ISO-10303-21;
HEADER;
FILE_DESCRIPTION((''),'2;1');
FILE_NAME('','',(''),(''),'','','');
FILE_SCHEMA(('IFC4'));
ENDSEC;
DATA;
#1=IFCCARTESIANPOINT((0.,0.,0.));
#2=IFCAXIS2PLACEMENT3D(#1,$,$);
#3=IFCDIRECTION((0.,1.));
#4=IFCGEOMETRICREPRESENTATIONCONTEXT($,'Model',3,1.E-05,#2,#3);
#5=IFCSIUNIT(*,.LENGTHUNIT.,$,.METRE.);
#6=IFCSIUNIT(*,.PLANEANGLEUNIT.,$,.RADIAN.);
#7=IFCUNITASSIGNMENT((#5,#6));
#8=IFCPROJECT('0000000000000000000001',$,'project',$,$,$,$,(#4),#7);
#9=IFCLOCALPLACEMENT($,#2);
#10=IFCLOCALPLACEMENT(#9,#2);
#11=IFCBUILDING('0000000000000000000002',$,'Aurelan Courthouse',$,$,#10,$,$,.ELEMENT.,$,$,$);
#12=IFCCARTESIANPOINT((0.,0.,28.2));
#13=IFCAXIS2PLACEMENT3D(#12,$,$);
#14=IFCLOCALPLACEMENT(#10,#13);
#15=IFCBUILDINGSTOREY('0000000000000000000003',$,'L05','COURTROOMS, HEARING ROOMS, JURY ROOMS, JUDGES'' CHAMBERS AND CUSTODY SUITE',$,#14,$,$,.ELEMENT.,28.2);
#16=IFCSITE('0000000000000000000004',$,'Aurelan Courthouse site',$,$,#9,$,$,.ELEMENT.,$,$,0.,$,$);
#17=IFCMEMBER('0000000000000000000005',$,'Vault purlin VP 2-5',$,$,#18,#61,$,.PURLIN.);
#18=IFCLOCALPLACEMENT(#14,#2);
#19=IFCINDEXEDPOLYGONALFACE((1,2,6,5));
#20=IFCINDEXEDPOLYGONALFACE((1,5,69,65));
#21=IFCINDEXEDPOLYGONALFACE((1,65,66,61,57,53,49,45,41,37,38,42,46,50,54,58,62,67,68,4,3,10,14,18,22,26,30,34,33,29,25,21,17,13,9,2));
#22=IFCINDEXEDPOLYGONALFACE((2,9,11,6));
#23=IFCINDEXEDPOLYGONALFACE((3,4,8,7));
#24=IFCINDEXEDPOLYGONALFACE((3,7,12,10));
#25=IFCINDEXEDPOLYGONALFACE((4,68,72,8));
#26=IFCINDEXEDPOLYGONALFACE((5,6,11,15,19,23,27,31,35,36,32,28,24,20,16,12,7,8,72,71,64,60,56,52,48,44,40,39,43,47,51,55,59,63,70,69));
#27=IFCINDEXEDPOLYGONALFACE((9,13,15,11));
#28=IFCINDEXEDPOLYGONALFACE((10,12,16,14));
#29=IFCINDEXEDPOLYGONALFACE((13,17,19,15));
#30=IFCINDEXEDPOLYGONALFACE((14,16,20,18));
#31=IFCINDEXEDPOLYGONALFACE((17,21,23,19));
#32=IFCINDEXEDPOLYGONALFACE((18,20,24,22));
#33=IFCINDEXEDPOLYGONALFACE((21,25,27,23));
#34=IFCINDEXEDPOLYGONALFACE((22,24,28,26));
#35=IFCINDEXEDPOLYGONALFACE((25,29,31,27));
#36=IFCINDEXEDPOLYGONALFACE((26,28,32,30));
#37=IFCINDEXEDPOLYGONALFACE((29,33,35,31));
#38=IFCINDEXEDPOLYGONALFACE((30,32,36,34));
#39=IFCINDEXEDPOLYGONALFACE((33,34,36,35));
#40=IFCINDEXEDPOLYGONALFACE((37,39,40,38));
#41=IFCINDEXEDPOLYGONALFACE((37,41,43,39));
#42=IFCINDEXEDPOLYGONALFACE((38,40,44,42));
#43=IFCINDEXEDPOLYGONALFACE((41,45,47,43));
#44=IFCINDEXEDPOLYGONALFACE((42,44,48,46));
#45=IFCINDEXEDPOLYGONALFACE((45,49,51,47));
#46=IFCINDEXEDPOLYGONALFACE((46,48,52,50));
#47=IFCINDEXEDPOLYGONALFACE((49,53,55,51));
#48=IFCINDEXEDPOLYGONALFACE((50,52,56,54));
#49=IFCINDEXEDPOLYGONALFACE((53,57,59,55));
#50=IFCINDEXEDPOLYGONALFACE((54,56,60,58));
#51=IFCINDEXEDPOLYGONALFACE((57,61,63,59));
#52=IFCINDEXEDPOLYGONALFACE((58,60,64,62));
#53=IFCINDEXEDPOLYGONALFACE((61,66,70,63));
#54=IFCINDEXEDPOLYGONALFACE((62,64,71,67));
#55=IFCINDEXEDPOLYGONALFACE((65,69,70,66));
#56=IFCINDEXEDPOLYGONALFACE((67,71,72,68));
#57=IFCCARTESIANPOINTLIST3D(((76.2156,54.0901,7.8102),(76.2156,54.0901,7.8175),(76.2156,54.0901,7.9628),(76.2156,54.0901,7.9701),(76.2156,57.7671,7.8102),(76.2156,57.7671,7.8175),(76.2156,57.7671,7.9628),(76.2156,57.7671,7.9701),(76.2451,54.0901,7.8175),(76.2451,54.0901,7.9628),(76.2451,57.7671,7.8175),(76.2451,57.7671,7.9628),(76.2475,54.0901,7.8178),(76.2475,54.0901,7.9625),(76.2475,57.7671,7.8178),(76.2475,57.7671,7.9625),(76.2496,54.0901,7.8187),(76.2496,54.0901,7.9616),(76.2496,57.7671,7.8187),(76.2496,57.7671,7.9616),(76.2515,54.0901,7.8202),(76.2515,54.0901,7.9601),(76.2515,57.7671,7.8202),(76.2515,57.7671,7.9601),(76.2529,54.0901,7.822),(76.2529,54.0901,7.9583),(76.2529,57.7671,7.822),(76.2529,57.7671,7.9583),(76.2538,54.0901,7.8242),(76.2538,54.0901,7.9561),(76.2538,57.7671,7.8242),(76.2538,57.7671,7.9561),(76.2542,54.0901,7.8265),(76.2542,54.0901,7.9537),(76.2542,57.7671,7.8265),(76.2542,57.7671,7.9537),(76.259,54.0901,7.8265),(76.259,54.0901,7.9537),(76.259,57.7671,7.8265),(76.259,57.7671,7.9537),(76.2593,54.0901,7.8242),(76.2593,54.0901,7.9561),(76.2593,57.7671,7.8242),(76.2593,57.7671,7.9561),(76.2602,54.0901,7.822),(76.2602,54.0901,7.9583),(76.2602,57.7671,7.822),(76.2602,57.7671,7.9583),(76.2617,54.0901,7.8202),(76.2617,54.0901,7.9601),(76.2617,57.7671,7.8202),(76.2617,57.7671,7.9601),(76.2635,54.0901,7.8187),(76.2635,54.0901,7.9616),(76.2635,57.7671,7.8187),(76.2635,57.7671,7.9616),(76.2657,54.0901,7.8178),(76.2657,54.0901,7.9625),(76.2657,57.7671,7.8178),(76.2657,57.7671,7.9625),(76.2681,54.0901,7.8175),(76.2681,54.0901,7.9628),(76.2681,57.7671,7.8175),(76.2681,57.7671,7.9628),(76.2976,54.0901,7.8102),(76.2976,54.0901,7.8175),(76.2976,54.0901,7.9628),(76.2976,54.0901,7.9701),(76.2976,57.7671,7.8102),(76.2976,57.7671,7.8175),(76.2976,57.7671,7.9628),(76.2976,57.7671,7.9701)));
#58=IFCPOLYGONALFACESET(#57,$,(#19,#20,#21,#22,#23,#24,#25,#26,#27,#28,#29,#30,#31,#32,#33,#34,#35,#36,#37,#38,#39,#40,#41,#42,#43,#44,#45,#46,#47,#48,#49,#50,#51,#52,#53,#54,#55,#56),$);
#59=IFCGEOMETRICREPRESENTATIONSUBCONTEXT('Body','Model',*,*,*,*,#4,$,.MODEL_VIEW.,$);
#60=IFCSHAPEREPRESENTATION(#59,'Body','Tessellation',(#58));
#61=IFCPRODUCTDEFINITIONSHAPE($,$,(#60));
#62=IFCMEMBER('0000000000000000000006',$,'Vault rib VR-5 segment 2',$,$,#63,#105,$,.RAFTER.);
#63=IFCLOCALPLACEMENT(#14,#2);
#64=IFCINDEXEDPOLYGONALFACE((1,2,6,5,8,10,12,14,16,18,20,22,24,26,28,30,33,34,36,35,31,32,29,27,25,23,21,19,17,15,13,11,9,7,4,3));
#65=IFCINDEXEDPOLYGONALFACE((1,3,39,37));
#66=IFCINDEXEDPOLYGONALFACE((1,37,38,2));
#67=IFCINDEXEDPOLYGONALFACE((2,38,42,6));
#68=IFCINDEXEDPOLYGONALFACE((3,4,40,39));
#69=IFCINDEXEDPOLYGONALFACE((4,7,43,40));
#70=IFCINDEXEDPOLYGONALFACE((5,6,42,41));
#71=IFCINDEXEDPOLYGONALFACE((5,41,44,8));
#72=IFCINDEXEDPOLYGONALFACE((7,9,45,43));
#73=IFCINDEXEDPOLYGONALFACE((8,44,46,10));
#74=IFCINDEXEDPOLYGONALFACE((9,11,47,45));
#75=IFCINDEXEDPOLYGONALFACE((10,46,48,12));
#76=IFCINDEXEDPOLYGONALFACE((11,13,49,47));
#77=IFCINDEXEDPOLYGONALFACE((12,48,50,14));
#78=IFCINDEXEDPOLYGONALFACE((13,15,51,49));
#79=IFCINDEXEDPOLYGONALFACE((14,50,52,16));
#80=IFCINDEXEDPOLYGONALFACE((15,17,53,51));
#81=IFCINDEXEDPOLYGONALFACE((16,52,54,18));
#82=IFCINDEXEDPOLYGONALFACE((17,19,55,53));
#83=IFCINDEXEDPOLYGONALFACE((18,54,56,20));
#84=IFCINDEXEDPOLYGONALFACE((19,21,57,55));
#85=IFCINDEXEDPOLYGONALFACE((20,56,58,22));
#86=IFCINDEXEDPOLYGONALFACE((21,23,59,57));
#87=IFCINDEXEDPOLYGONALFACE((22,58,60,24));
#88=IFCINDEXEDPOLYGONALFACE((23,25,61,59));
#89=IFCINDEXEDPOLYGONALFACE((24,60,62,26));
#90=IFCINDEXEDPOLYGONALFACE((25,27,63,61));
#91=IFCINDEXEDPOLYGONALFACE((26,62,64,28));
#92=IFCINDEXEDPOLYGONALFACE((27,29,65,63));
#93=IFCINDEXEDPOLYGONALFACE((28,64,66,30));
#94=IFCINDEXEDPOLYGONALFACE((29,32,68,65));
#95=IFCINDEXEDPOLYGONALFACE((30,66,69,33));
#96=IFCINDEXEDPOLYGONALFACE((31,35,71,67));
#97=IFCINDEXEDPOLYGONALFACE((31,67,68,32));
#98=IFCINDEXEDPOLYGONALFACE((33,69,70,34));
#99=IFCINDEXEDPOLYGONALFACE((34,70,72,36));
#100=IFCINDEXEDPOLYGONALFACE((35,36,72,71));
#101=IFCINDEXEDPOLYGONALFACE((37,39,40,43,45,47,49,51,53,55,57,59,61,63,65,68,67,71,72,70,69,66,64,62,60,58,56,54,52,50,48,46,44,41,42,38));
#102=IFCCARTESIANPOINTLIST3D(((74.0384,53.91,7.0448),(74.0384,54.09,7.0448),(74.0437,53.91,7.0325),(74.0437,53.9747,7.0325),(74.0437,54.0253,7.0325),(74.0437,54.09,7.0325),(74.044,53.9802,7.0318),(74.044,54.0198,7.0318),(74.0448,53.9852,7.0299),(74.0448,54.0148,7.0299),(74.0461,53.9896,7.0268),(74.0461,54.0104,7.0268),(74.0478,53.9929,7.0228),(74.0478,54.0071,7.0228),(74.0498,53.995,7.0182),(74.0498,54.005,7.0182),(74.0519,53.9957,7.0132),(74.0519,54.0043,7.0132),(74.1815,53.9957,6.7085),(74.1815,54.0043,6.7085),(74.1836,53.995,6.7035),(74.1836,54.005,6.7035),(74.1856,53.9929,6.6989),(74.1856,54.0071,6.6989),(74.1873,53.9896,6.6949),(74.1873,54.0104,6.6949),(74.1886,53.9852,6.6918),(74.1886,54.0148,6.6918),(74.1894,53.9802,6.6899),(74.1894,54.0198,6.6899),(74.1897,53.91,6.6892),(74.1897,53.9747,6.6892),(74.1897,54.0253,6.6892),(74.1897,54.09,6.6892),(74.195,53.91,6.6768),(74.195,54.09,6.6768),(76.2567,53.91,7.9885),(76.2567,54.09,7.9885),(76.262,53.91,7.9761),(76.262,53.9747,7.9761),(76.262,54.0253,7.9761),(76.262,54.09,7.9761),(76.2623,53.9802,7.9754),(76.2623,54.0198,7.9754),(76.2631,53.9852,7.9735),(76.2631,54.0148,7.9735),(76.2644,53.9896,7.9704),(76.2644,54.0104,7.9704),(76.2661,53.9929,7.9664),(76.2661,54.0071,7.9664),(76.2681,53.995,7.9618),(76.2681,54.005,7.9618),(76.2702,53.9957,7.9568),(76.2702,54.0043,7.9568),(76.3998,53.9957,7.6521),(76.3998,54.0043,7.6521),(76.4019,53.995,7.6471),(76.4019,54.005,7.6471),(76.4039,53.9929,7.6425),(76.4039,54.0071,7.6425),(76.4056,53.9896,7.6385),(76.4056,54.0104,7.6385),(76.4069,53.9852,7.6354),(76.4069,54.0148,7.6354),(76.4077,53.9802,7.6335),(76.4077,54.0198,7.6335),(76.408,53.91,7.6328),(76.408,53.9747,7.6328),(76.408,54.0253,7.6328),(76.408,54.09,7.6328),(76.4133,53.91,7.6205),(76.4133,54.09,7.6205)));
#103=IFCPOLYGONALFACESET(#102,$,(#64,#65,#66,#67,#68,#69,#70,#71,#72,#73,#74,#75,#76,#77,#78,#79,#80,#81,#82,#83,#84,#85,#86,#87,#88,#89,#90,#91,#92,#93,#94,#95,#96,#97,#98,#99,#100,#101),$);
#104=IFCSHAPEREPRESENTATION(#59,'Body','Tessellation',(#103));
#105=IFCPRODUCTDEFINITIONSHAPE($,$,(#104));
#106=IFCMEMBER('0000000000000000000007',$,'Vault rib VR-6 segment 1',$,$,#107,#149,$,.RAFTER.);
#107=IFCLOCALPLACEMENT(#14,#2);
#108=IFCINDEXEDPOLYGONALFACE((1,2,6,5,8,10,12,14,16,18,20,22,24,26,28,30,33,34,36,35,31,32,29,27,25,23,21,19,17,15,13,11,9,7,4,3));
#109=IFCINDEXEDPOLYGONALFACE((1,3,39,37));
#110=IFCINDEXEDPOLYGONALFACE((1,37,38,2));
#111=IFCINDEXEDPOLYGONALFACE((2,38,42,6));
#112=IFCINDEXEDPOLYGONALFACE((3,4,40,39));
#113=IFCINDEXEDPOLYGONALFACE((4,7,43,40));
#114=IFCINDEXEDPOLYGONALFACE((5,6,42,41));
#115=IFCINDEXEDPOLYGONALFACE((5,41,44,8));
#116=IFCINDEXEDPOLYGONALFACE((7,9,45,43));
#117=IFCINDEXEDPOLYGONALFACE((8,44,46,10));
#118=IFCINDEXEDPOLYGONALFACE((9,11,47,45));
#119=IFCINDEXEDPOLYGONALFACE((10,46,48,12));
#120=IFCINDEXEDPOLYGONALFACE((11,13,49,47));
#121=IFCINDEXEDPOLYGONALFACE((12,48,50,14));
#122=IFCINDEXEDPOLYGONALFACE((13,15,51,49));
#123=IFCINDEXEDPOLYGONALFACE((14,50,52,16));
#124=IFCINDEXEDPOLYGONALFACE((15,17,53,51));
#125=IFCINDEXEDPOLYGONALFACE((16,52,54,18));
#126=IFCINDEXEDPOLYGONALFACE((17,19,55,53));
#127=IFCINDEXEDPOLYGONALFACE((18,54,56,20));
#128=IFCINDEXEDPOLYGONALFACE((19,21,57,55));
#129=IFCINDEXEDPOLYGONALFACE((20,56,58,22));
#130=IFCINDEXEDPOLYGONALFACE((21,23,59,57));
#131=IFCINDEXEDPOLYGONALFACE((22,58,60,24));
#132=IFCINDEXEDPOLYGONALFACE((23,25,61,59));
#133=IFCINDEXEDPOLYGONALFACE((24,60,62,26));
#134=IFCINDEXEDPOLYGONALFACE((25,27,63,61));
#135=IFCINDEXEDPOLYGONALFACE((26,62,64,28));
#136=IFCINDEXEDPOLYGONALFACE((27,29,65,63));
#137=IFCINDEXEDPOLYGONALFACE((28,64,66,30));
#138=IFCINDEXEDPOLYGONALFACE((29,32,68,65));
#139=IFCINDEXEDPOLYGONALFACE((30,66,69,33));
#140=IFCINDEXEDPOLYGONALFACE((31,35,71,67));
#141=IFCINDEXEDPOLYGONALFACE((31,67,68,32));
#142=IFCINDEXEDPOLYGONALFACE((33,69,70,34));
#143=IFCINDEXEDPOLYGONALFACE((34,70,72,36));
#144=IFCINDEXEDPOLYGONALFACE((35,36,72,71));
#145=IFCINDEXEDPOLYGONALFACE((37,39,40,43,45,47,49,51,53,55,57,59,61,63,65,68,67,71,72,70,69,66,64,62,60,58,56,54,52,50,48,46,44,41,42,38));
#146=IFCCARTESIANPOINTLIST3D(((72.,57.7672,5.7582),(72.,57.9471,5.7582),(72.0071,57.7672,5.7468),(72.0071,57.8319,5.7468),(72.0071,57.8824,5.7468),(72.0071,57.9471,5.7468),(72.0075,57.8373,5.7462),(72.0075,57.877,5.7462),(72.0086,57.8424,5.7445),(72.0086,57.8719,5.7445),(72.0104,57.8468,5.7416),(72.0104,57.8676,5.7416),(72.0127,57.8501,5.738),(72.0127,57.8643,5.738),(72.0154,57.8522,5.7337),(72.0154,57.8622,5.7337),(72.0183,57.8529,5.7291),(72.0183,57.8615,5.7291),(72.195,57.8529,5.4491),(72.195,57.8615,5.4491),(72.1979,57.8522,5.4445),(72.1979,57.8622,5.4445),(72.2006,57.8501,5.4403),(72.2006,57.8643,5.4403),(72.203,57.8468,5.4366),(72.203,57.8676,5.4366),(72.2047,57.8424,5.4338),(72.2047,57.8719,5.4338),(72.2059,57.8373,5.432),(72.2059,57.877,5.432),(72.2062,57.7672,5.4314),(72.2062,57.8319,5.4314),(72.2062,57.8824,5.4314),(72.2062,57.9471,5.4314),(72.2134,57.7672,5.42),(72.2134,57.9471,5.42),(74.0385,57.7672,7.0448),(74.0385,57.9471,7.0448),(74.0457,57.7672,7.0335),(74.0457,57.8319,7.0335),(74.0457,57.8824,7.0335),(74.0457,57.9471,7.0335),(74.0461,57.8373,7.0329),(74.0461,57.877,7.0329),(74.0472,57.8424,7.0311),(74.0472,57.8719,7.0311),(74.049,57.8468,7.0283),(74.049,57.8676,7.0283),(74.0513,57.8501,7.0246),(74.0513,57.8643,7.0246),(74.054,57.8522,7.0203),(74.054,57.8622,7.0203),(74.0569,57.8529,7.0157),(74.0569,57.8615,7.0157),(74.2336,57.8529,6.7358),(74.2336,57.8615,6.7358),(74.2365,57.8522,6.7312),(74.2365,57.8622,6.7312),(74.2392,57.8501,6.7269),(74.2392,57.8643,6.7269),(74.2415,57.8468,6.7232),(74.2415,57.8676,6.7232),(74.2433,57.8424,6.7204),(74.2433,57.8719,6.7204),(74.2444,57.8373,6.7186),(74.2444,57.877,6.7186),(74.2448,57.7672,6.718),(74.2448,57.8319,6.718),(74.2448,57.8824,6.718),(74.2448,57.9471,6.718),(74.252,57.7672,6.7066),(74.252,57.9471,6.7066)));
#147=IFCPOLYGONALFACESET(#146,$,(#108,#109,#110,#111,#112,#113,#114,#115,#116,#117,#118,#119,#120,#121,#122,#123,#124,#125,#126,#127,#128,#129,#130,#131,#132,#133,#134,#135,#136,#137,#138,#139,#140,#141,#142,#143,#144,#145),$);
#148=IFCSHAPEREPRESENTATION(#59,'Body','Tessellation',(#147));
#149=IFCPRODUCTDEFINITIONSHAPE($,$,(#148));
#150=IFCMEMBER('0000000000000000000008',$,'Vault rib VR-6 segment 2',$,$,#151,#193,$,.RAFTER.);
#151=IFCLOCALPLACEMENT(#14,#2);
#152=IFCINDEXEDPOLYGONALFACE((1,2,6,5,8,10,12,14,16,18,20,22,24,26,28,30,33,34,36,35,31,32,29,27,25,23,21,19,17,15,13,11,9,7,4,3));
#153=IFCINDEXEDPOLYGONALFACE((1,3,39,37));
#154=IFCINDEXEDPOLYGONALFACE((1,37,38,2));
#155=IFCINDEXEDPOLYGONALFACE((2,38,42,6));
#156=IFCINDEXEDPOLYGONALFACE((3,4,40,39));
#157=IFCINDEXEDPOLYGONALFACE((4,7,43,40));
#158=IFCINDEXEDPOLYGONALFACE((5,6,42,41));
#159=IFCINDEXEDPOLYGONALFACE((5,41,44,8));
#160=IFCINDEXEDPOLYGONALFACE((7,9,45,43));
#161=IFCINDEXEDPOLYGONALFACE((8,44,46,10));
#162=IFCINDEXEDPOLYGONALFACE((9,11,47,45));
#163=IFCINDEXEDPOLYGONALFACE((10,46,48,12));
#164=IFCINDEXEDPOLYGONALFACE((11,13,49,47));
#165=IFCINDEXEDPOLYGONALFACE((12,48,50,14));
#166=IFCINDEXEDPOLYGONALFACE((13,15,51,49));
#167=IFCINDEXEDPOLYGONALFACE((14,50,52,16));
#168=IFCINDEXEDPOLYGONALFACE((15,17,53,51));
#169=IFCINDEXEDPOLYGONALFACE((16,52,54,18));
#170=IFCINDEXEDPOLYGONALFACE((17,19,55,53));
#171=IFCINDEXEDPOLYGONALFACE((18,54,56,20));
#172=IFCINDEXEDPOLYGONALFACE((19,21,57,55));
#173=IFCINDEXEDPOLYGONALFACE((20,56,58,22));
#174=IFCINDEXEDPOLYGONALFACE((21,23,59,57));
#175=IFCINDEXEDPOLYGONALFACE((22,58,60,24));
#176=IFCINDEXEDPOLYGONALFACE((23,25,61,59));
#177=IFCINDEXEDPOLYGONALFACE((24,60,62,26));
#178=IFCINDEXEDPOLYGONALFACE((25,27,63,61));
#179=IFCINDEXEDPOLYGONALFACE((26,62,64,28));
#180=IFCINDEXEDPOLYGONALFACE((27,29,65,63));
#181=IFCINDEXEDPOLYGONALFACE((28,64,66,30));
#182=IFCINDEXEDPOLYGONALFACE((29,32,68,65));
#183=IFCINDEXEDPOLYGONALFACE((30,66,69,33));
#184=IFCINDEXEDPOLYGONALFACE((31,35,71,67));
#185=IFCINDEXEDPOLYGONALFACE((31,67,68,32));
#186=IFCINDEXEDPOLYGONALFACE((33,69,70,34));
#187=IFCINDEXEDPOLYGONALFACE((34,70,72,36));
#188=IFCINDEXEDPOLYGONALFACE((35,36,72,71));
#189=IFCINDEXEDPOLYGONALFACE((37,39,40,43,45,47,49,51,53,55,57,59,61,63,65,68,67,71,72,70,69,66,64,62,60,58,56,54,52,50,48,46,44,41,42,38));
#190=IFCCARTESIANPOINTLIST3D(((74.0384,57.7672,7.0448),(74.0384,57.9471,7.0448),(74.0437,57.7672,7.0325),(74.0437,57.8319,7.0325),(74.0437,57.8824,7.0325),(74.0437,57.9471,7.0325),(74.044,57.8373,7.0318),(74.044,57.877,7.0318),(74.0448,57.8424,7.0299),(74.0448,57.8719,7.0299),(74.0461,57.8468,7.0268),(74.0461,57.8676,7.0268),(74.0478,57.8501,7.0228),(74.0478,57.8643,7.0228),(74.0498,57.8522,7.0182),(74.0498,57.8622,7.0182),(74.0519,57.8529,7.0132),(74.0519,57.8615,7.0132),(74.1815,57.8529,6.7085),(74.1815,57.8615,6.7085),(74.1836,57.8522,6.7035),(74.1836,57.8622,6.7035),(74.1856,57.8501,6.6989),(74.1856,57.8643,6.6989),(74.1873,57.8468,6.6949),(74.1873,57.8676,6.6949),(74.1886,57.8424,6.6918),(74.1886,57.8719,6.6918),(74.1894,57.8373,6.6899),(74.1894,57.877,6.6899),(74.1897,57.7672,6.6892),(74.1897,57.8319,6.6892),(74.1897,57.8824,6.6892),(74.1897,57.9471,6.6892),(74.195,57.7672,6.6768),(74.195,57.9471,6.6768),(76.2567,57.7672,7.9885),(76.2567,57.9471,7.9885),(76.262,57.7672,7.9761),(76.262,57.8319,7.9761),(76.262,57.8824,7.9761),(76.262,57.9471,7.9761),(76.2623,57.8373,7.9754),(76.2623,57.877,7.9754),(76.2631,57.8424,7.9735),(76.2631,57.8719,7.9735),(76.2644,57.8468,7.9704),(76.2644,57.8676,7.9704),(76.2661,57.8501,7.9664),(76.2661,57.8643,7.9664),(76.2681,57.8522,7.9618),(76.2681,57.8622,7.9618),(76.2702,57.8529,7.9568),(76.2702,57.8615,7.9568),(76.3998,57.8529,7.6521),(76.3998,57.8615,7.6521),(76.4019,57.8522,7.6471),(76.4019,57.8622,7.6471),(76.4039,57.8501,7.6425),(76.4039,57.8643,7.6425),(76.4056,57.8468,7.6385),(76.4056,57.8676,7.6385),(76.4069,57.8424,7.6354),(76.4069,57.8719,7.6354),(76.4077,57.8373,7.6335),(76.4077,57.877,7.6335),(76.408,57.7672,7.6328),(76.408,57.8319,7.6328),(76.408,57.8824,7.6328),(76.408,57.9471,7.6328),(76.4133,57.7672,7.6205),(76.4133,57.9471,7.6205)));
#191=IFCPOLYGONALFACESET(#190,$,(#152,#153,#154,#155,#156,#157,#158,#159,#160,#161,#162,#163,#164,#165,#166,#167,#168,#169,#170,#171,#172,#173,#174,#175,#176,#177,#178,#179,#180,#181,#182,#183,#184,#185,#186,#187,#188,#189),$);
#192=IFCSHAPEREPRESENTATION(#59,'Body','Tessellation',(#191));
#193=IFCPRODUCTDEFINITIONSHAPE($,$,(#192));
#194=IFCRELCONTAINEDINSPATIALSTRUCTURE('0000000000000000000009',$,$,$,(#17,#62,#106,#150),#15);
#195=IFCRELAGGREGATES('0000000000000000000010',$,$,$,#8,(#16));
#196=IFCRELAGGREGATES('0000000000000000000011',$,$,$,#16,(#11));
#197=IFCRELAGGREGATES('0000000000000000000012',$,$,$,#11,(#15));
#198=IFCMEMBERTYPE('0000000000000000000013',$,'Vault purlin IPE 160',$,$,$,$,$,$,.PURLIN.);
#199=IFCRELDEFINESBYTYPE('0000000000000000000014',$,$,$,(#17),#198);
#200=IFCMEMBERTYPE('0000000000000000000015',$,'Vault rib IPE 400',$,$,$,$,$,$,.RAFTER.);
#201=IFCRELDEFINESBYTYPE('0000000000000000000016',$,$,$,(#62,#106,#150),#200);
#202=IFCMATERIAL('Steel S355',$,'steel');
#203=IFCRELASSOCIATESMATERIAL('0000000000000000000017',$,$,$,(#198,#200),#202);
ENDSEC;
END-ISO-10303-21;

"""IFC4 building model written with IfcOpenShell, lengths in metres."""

from ifc_helpers import new_model, si_unit, direction, frame, origin, origin_2d, place, context, subcontext, project, spatial, i_section, extrude, material, material_profile, profile_set, type_object, element, save


model = new_model("IFC4")

# Units and contexts
model_context = context("Model", 3, precision=1e-05, world=origin(), true_north=direction((0.0, 1.0)))
body_context = subcontext(model_context, "Body", "Model", "MODEL_VIEW")
ifc_project = project(units=[si_unit("LENGTHUNIT", "METRE"), si_unit("PLANEANGLEUNIT", "RADIAN")], contexts=[model_context])

# Site, building, storey
site_placement = place(None, origin())
site = spatial("IfcSite", under=ifc_project, at=site_placement, Name="Aurelan Courthouse site", CompositionType="ELEMENT", RefElevation=0.0)
building_placement = place(site_placement, origin())
building = spatial("IfcBuilding", under=site, at=building_placement, Name="Aurelan Courthouse", CompositionType="ELEMENT")
storey_placement = place(building_placement, frame((0.0, 0.0, 28.2)))
storey = spatial("IfcBuildingStorey", under=building, at=storey_placement, Name="L05", Description="COURTROOMS, HEARING ROOMS, JURY ROOMS, JUDGES' CHAMBERS AND CUSTODY SUITE", CompositionType="ELEMENT", Elevation=28.2)

# Members
ifc_material_1 = material(Name="Steel S355", Category="steel")
ifc_material_profile_1 = material_profile(ifc_material_1, i_section(OverallWidth=0.082, OverallDepth=0.1599, WebThickness=0.0049, FlangeThickness=0.0073, FilletRadius=0.009, at=origin_2d()), Name="IPE 160")
ifc_profile_set_1 = profile_set([ifc_material_profile_1], Name="Steel S355")
member_type_1 = type_object("IfcMemberType", Name="Vault purlin IPE 160", PredefinedType="PURLIN", material=ifc_profile_set_1)
member_1_placement = place(storey_placement, frame((76.2566, 54.0901, 7.8901), z_axis=(0.0, 1.0, 0.0), x_axis=(-1.0, 0.0, 0.0)))
element("IfcMember", 1, at=member_1_placement, inside=storey, type_object=member_type_1, Name="Vault purlin VP 2-5", PredefinedType="PURLIN", context=body_context, shape_type="SweptSolid", body=[
    extrude(i_section(OverallWidth=0.082, OverallDepth=0.1599, WebThickness=0.0049, FlangeThickness=0.0073, FilletRadius=0.009, at=origin_2d()), origin(), (0.0, 0.0, 1.0), 3.677),
])
ifc_material_profile_2 = material_profile(ifc_material_1, i_section(OverallWidth=0.1799, OverallDepth=0.3999, WebThickness=0.0085, FlangeThickness=0.0134, FilletRadius=0.021, at=origin_2d()), Name="IPE 400")
ifc_profile_set_2 = profile_set([ifc_material_profile_2], Name="Steel S355")
member_type_2 = type_object("IfcMemberType", Name="Vault rib IPE 400", PredefinedType="RAFTER", material=ifc_profile_set_2)
for number, where, z_axis, x_axis, name in (
    (2, (74.1167, 54.0, 6.8608), (0.920205, 0.0, 0.391437), (0.0, 1.0, 0.0), "Vault rib VR-5 segment 2"),
    (3, (72.1067, 57.8572, 5.5891), (0.845657, 0.0, 0.533726), (0.0, 1.0, 0.0), "Vault rib VR-6 segment 1"),
    (4, (74.1167, 57.8572, 6.8608), (0.920205, 0.0, 0.391437), (0.0, 1.0, 0.0), "Vault rib VR-6 segment 2"),
):
    element("IfcMember", number, at=place(storey_placement, frame(where, z_axis=z_axis, x_axis=x_axis)), inside=storey, type_object=member_type_2, Name=name, PredefinedType="RAFTER", context=body_context, shape_type="SweptSolid", body=[
        extrude(i_section(OverallWidth=0.1799, OverallDepth=0.3999, WebThickness=0.0085, FlangeThickness=0.0134, FilletRadius=0.021, at=origin_2d()), origin(), (0.0, 0.0, 1.0), 2.4106),
    ])

save(model, "model.ifc")
